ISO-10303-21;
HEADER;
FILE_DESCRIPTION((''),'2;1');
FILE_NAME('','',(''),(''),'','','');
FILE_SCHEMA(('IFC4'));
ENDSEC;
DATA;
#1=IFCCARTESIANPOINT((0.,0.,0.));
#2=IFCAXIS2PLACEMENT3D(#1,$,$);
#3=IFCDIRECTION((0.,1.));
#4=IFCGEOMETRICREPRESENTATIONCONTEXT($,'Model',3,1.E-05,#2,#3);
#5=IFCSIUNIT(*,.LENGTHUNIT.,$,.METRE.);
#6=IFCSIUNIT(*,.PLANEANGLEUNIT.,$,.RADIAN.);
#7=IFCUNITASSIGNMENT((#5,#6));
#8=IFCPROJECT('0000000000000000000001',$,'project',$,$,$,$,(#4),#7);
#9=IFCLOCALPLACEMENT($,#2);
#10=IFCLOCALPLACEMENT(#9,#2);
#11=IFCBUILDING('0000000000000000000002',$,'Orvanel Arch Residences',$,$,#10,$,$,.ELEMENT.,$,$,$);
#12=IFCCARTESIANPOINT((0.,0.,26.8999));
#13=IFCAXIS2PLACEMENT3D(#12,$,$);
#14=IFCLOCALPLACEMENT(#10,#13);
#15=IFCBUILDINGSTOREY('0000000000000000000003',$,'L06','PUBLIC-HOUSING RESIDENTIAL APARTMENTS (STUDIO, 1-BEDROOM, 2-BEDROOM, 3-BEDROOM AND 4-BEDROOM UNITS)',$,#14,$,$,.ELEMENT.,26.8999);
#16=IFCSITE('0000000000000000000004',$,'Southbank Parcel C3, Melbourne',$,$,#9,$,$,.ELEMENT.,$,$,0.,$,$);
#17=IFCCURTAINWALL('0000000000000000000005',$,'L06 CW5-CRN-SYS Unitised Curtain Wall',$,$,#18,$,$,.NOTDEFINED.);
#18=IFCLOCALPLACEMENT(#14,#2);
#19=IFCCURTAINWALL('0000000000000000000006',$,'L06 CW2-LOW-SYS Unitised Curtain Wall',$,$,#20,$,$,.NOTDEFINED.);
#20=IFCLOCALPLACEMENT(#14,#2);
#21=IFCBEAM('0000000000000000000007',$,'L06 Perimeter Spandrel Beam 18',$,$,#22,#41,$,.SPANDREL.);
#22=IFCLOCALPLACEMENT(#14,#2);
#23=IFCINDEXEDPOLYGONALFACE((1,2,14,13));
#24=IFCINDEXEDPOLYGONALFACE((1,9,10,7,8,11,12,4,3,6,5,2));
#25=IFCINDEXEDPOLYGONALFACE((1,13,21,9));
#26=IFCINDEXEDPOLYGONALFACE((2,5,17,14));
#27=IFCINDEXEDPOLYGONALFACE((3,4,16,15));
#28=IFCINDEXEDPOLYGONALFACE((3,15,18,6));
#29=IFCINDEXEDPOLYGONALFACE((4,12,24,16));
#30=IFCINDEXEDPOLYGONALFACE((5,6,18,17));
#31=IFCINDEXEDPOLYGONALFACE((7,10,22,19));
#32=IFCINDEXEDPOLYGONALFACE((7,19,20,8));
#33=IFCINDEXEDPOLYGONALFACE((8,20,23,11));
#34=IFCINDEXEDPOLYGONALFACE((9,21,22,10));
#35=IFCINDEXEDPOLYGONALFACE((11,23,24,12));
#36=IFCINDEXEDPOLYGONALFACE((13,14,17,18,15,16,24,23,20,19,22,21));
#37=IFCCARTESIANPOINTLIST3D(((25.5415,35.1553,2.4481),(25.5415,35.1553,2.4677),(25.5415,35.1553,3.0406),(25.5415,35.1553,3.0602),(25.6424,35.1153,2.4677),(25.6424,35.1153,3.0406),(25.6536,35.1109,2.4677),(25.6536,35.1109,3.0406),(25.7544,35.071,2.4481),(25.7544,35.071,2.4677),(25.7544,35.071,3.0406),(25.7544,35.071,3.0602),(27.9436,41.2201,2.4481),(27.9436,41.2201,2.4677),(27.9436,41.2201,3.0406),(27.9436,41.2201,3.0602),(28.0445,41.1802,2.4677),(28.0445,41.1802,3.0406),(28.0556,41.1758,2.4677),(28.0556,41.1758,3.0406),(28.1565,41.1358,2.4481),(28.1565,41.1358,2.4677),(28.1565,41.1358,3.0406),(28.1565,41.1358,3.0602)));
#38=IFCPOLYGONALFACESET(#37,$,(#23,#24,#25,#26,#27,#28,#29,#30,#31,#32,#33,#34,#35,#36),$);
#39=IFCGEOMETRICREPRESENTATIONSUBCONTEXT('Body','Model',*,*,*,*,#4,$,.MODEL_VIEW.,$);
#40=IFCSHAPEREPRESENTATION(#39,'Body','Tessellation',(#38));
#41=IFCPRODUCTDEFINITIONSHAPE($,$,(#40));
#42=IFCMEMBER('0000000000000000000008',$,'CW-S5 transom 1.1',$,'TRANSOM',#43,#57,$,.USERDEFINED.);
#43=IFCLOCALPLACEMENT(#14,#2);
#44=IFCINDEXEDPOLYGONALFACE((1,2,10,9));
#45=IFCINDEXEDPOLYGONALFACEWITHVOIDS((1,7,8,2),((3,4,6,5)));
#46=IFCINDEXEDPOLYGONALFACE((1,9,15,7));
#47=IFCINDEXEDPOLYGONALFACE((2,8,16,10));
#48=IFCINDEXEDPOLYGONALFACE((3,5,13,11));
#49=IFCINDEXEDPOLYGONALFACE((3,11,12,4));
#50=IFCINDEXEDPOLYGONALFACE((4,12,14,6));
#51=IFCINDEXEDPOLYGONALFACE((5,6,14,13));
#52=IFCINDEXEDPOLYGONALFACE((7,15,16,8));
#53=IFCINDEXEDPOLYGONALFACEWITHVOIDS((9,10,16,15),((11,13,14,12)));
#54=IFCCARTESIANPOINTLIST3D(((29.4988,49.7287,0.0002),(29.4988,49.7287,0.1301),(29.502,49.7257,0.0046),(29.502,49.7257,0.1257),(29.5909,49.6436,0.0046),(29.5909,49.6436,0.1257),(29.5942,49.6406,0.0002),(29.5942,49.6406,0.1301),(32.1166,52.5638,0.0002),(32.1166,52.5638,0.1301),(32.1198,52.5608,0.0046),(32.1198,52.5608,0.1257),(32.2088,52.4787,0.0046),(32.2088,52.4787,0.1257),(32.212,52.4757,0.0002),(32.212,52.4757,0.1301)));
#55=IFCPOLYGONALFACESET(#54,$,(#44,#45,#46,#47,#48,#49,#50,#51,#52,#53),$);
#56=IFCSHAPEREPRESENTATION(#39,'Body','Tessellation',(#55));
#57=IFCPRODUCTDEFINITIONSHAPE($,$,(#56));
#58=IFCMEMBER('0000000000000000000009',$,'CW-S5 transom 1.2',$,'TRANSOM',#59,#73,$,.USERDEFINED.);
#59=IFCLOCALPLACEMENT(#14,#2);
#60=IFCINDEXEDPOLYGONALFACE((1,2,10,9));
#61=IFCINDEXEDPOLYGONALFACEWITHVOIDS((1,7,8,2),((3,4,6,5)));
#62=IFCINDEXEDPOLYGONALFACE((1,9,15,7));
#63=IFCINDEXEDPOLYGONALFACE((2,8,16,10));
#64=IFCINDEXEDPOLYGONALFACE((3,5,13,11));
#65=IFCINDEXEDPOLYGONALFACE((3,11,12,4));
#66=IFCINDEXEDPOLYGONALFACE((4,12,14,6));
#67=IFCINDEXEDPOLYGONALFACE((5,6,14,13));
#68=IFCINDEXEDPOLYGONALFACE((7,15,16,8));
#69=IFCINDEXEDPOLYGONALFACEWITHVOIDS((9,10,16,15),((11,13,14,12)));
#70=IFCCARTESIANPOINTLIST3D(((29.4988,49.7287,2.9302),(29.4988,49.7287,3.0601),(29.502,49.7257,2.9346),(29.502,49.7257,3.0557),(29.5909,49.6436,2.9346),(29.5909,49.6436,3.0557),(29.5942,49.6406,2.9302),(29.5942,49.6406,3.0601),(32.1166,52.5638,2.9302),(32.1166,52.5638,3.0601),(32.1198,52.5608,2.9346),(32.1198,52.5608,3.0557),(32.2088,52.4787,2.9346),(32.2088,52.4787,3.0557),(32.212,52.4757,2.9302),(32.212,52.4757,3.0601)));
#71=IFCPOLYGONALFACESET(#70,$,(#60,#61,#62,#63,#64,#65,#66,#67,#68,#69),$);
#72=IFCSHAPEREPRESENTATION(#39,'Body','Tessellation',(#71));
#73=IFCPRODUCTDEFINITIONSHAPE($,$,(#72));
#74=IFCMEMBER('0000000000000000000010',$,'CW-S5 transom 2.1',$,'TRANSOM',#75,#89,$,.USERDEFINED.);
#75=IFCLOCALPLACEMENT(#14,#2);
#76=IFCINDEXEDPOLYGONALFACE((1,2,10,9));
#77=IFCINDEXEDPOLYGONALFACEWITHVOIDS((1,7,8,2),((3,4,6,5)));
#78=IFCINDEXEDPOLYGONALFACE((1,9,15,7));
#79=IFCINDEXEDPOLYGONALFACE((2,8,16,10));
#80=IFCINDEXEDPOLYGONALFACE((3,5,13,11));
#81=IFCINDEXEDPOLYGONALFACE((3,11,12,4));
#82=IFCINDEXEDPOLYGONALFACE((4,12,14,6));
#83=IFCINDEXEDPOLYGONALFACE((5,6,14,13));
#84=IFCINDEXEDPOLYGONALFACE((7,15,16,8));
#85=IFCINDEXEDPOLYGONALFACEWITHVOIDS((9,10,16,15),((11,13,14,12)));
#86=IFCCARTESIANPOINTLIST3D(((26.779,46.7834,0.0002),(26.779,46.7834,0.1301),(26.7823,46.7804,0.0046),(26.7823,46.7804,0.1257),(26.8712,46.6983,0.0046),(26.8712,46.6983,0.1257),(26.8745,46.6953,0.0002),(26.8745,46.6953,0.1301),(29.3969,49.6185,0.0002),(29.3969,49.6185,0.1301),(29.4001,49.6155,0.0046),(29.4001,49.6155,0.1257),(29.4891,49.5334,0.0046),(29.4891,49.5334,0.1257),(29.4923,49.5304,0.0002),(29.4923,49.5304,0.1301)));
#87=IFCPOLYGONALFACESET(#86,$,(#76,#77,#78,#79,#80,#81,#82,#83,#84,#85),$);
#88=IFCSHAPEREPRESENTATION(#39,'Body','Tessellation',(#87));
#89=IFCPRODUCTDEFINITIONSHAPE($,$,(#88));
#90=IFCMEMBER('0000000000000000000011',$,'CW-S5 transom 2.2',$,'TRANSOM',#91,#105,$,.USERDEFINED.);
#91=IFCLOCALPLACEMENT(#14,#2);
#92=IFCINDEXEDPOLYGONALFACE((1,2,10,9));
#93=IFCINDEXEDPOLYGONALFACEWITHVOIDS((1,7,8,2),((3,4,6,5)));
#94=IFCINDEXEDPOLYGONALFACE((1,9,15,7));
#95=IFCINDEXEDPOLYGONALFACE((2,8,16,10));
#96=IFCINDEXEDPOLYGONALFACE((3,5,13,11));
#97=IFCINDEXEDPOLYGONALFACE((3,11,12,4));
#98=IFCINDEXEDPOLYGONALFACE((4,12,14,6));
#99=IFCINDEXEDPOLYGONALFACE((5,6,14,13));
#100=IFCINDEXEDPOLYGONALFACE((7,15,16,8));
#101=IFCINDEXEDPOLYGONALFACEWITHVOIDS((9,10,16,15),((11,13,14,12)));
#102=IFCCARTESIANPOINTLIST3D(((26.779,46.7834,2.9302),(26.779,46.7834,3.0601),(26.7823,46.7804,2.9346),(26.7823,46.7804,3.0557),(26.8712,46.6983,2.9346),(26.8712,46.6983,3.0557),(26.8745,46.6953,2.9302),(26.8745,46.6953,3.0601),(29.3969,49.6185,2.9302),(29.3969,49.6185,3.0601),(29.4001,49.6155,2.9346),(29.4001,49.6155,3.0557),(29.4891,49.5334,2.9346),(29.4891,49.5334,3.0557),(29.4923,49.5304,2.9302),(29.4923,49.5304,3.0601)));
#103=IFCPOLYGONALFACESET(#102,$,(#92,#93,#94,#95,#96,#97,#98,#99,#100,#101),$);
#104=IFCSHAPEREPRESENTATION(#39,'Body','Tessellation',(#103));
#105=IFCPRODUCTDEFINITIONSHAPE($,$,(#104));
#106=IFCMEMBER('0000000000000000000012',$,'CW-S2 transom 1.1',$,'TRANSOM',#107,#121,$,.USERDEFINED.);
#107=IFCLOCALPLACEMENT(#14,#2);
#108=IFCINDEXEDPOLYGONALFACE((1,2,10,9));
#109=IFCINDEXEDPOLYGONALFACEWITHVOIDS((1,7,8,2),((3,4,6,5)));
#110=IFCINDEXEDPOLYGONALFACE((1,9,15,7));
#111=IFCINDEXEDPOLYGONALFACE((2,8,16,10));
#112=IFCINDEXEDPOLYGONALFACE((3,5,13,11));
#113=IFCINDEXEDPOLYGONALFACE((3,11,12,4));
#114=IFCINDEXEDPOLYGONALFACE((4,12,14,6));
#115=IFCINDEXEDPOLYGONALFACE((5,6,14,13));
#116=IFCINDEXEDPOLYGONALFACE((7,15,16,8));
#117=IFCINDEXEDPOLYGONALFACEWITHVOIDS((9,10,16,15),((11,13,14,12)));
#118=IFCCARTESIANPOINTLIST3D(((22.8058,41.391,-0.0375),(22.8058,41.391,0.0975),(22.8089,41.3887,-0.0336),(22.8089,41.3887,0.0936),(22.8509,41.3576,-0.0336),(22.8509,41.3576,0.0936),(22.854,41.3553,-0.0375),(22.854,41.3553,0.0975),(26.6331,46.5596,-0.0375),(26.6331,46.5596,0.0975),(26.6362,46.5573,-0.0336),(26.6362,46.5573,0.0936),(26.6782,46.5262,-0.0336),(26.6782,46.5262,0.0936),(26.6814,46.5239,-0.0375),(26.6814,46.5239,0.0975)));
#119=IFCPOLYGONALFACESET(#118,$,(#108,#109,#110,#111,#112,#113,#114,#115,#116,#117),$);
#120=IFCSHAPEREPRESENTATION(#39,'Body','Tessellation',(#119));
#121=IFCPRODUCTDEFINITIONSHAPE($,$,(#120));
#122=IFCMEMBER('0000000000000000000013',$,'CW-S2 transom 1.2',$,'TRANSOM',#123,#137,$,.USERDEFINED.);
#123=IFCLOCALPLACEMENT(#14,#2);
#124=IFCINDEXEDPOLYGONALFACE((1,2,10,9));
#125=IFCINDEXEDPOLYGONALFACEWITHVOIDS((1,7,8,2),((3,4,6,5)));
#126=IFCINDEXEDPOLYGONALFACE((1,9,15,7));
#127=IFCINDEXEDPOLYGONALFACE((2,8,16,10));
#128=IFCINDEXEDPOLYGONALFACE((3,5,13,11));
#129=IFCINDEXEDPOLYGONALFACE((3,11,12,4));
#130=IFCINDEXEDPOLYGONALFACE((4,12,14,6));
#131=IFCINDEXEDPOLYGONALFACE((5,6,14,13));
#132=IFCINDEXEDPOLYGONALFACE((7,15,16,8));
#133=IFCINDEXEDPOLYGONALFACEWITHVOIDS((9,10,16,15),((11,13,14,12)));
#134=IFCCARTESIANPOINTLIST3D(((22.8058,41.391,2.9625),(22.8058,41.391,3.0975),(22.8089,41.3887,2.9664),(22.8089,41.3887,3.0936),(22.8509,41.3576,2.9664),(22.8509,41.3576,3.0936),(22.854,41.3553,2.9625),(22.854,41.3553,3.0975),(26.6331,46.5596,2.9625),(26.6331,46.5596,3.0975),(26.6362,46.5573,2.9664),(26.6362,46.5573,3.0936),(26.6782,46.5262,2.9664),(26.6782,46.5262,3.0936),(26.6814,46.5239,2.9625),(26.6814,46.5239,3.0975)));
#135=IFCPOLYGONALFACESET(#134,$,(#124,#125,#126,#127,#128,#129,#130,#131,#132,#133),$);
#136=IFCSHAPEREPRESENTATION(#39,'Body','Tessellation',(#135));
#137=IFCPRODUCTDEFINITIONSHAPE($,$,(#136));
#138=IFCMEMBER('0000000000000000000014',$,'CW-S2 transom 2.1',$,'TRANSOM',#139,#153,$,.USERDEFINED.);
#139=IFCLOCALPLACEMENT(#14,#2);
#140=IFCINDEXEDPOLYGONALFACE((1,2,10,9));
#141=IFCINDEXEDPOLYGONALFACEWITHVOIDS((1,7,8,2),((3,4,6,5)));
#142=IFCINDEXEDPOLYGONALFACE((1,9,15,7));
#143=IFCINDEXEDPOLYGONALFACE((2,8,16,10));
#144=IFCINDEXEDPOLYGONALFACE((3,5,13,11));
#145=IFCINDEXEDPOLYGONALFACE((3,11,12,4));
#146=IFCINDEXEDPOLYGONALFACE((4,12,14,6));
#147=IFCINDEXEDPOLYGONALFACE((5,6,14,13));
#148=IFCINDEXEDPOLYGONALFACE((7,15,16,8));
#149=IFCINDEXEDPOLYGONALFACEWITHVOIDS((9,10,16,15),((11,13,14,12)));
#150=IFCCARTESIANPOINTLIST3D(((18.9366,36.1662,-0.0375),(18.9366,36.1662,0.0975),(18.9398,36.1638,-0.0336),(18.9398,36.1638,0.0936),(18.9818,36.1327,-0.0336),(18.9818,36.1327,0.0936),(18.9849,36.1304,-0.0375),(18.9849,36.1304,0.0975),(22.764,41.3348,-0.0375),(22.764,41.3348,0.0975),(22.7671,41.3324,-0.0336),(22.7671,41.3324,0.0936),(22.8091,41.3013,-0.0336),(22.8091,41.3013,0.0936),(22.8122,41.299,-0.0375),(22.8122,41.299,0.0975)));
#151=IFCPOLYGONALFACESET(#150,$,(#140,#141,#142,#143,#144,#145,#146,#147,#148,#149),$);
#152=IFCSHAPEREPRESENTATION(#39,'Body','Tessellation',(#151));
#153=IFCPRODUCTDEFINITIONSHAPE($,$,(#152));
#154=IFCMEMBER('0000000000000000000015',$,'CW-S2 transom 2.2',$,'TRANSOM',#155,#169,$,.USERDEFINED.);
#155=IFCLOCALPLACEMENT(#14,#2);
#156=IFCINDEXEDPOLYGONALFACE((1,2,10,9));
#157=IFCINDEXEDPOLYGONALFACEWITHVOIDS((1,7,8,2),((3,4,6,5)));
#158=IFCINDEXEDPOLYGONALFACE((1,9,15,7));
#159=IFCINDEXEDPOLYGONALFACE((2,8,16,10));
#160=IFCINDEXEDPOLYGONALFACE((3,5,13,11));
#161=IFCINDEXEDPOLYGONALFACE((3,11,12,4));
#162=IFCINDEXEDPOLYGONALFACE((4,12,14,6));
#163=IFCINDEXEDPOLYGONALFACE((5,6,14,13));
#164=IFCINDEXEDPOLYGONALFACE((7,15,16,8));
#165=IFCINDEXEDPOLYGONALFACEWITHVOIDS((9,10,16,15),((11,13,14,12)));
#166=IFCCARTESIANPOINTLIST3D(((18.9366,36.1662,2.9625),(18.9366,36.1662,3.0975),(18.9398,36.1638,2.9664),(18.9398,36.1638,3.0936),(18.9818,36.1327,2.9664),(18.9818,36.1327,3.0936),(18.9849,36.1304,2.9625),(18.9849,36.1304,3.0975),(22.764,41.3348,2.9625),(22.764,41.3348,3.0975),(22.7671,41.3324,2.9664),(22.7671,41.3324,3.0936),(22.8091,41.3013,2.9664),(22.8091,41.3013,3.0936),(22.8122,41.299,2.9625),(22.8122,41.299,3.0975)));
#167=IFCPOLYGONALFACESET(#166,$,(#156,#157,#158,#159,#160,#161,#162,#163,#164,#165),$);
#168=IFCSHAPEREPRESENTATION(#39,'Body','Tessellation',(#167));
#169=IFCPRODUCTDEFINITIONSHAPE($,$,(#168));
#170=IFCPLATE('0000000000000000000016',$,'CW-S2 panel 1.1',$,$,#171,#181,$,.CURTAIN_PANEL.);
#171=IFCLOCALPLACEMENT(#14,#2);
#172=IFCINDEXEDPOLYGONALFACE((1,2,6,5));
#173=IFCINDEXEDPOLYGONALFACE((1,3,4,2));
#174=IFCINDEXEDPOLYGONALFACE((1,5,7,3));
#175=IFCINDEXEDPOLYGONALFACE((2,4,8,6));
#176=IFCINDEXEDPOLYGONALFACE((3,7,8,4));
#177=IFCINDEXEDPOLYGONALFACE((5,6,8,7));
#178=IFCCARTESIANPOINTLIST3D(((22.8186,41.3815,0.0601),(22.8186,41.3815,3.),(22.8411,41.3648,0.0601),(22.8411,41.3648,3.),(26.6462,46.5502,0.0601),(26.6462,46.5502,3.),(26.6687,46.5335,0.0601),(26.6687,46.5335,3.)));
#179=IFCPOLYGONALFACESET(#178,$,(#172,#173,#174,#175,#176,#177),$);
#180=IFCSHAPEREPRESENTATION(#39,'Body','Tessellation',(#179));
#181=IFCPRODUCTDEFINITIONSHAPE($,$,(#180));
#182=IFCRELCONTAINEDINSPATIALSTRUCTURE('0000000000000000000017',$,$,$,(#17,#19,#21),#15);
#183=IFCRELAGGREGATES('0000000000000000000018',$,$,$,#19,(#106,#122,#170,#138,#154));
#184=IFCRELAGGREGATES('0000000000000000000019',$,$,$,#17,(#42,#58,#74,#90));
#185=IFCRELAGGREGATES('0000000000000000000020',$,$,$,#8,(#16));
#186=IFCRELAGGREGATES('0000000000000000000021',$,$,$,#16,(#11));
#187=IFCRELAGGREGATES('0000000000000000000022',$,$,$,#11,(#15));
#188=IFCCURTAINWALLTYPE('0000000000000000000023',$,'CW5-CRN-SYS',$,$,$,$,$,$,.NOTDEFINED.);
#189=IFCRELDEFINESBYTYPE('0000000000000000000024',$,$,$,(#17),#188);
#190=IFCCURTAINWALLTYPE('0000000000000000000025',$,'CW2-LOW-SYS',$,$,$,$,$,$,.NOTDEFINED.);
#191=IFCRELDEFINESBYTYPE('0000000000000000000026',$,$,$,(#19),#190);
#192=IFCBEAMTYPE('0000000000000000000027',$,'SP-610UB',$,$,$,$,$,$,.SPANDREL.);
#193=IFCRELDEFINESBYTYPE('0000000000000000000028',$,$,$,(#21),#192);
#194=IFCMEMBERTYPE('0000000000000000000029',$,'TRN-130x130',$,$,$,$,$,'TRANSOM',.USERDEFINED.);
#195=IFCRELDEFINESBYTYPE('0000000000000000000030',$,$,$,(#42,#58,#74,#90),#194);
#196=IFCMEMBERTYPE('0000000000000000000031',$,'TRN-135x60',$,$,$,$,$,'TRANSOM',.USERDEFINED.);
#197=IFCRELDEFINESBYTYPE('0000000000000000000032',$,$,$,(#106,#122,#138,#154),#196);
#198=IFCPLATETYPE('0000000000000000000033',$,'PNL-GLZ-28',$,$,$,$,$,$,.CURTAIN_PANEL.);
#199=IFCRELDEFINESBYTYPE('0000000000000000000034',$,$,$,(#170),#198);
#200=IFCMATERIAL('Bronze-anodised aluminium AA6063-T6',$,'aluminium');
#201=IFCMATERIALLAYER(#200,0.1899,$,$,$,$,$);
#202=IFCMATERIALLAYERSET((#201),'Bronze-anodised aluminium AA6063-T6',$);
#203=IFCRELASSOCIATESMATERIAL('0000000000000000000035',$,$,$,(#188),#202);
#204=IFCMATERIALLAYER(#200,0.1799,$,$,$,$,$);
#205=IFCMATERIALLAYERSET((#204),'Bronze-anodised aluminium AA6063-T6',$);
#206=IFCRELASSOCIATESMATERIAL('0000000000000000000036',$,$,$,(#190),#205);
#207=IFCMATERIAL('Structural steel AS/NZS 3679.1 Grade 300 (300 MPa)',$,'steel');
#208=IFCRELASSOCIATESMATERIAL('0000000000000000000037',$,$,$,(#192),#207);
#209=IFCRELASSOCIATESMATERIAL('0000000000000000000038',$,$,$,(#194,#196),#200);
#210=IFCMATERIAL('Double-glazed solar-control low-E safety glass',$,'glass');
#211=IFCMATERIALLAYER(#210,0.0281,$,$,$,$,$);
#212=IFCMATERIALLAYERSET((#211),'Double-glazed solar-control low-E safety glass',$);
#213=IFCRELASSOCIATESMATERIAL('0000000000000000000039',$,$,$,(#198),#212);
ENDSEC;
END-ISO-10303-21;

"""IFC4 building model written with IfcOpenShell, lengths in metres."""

from ifc_helpers import new_model, si_unit, direction, frame, origin, origin_2d, place, context, subcontext, project, spatial, rectangle, hollow_rectangle, i_section, extrude, material, layer, layer_set, material_profile, profile_set, type_object, element, aggregate, save


model = new_model("IFC4")

# Units and contexts
model_context = context("Model", 3, precision=1e-05, world=origin(), true_north=direction((0.0, 1.0)))
body_context = subcontext(model_context, "Body", "Model", "MODEL_VIEW")
ifc_project = project(units=[si_unit("LENGTHUNIT", "METRE"), si_unit("PLANEANGLEUNIT", "RADIAN")], contexts=[model_context])

# Site, building, storey
site_placement = place(None, origin())
site = spatial("IfcSite", under=ifc_project, at=site_placement, Name="Southbank Parcel C3, Melbourne", CompositionType="ELEMENT", RefElevation=0.0)
building_placement = place(site_placement, origin())
building = spatial("IfcBuilding", under=site, at=building_placement, Name="Orvanel Arch Residences", CompositionType="ELEMENT")
storey_placement = place(building_placement, frame((0.0, 0.0, 26.8999)))
storey = spatial("IfcBuildingStorey", under=building, at=storey_placement, Name="L06", Description="PUBLIC-HOUSING RESIDENTIAL APARTMENTS (STUDIO, 1-BEDROOM, 2-BEDROOM, 3-BEDROOM AND 4-BEDROOM UNITS)", CompositionType="ELEMENT", Elevation=26.8999)

# Shared definitions
ifc_material_1 = material(Name="Bronze-anodised aluminium AA6063-T6", Category="aluminium")
ifc_layer_1 = layer(ifc_material_1, 0.1899)
ifc_layer_set_1 = layer_set([ifc_layer_1], Name="Bronze-anodised aluminium AA6063-T6")
curtain_wall_type_1 = type_object("IfcCurtainWallType", Name="CW5-CRN-SYS", PredefinedType="NOTDEFINED", material=ifc_layer_set_1)

# Curtain walls
curtain_wall_1_placement = place(storey_placement, origin())
curtain_wall_1 = element("IfcCurtainWall", 1, at=curtain_wall_1_placement, inside=storey, type_object=curtain_wall_type_1, Name="L06 CW5-CRN-SYS Unitised Curtain Wall", PredefinedType="NOTDEFINED")
ifc_layer_2 = layer(ifc_material_1, 0.1799)
ifc_layer_set_2 = layer_set([ifc_layer_2], Name="Bronze-anodised aluminium AA6063-T6")
curtain_wall_type_2 = type_object("IfcCurtainWallType", Name="CW2-LOW-SYS", PredefinedType="NOTDEFINED", material=ifc_layer_set_2)
curtain_wall_2_placement = place(storey_placement, origin())
curtain_wall_2 = element("IfcCurtainWall", 2, at=curtain_wall_2_placement, inside=storey, type_object=curtain_wall_type_2, Name="L06 CW2-LOW-SYS Unitised Curtain Wall", PredefinedType="NOTDEFINED")

# Beam
ifc_material_2 = material(Name="Structural steel AS/NZS 3679.1 Grade 300 (300 MPa)", Category="steel")
ifc_material_profile_1 = material_profile(ifc_material_2, i_section(OverallWidth=0.229, OverallDepth=0.6121, WebThickness=0.012, FlangeThickness=0.0195, at=origin_2d()), Name="610UB125")
ifc_profile_set_1 = profile_set([ifc_material_profile_1], Name="Structural steel AS/NZS 3679.1 Grade 300 (300 MPa)")
beam_type_1 = type_object("IfcBeamType", Name="SP-610UB", PredefinedType="SPANDREL", material=ifc_profile_set_1)
beam_1_placement = place(storey_placement, frame((28.05, 41.178, 2.7542), z_axis=(-0.368233, -0.929733, 0.0), x_axis=(0.929733, -0.368233, 0.0)))
element("IfcBeam", 3, at=beam_1_placement, inside=storey, type_object=beam_type_1, Name="L06 Perimeter Spandrel Beam 18", PredefinedType="SPANDREL", context=body_context, shape_type="SweptSolid", body=[
    extrude(i_section(OverallWidth=0.229, OverallDepth=0.6121, WebThickness=0.012, FlangeThickness=0.0195, at=origin_2d()), origin(), (0.0, 0.0, 1.0), 6.5232),
])

# Members
ifc_material_profile_2 = material_profile(ifc_material_1, hollow_rectangle(XDim=0.1299, YDim=0.1299, WallThickness=0.0044, at=origin_2d()), Name="ALU130x130x4.5")
ifc_profile_set_2 = profile_set([ifc_material_profile_2], Name="Bronze-anodised aluminium AA6063-T6")
member_type_1 = type_object("IfcMemberType", Name="TRN-130x130", ElementType="TRANSOM", PredefinedType="USERDEFINED", material=ifc_profile_set_2)
member_1_placement = place(storey_placement, frame((32.1643, 52.5198, 0.0652), z_axis=(-0.678393, -0.734699, 0.0), x_axis=(0.734699, -0.678393, 0.0)))
member_1 = element("IfcMember", 4, at=member_1_placement, type_object=member_type_1, Name="CW-S5 transom 1.1", ObjectType="TRANSOM", PredefinedType="USERDEFINED", context=body_context, shape_type="SweptSolid", body=[
    extrude(hollow_rectangle(XDim=0.1299, YDim=0.1299, WallThickness=0.0044, at=origin_2d()), origin(), (0.0, 0.0, 1.0), 3.8589),
])
member_2_placement = place(storey_placement, frame((32.1643, 52.5198, 2.9951), z_axis=(-0.678393, -0.734699, 0.0), x_axis=(0.734699, -0.678393, 0.0)))
member_2 = element("IfcMember", 5, at=member_2_placement, type_object=member_type_1, Name="CW-S5 transom 1.2", ObjectType="TRANSOM", PredefinedType="USERDEFINED", context=body_context, shape_type="SweptSolid", body=[
    extrude(hollow_rectangle(XDim=0.1299, YDim=0.1299, WallThickness=0.0044, at=origin_2d()), origin(), (0.0, 0.0, 1.0), 3.8589),
])
member_3_placement = place(storey_placement, frame((29.4446, 49.5745, 0.0652), z_axis=(-0.678393, -0.734699, 0.0), x_axis=(0.734699, -0.678393, 0.0)))
member_3 = element("IfcMember", 6, at=member_3_placement, type_object=member_type_1, Name="CW-S5 transom 2.1", ObjectType="TRANSOM", PredefinedType="USERDEFINED", context=body_context, shape_type="SweptSolid", body=[
    extrude(hollow_rectangle(XDim=0.1299, YDim=0.1299, WallThickness=0.0044, at=origin_2d()), origin(), (0.0, 0.0, 1.0), 3.8589),
])
member_4_placement = place(storey_placement, frame((29.4446, 49.5745, 2.9951), z_axis=(-0.678393, -0.734699, 0.0), x_axis=(0.734699, -0.678393, 0.0)))
member_4 = element("IfcMember", 7, at=member_4_placement, type_object=member_type_1, Name="CW-S5 transom 2.2", ObjectType="TRANSOM", PredefinedType="USERDEFINED", context=body_context, shape_type="SweptSolid", body=[
    extrude(hollow_rectangle(XDim=0.1299, YDim=0.1299, WallThickness=0.0044, at=origin_2d()), origin(), (0.0, 0.0, 1.0), 3.8589),
])
ifc_material_profile_3 = material_profile(ifc_material_1, hollow_rectangle(XDim=0.0601, YDim=0.135, WallThickness=0.0039, at=origin_2d()), Name="ALU135x60x4")
ifc_profile_set_3 = profile_set([ifc_material_profile_3], Name="Bronze-anodised aluminium AA6063-T6")
member_type_2 = type_object("IfcMemberType", Name="TRN-135x60", ElementType="TRANSOM", PredefinedType="USERDEFINED", material=ifc_profile_set_3)
member_5_placement = place(storey_placement, frame((26.6572, 46.5417, 0.03), z_axis=(-0.5951, -0.803652, 0.0), x_axis=(0.803652, -0.5951, 0.0)))
member_5 = element("IfcMember", 8, at=member_5_placement, type_object=member_type_2, Name="CW-S2 transom 1.1", ObjectType="TRANSOM", PredefinedType="USERDEFINED", context=body_context, shape_type="SweptSolid", body=[
    extrude(hollow_rectangle(XDim=0.0601, YDim=0.135, WallThickness=0.0039, at=origin_2d()), origin(), (0.0, 0.0, 1.0), 6.4314),
])
member_6_placement = place(storey_placement, frame((26.6572, 46.5417, 3.03), z_axis=(-0.5951, -0.803652, 0.0), x_axis=(0.803652, -0.5951, 0.0)))
member_6 = element("IfcMember", 9, at=member_6_placement, type_object=member_type_2, Name="CW-S2 transom 1.2", ObjectType="TRANSOM", PredefinedType="USERDEFINED", context=body_context, shape_type="SweptSolid", body=[
    extrude(hollow_rectangle(XDim=0.0601, YDim=0.135, WallThickness=0.0039, at=origin_2d()), origin(), (0.0, 0.0, 1.0), 6.4314),
])
member_7_placement = place(storey_placement, frame((22.7881, 41.3169, 0.03), z_axis=(-0.5951, -0.803652, 0.0), x_axis=(0.803652, -0.5951, 0.0)))
member_7 = element("IfcMember", 10, at=member_7_placement, type_object=member_type_2, Name="CW-S2 transom 2.1", ObjectType="TRANSOM", PredefinedType="USERDEFINED", context=body_context, shape_type="SweptSolid", body=[
    extrude(hollow_rectangle(XDim=0.0601, YDim=0.135, WallThickness=0.0039, at=origin_2d()), origin(), (0.0, 0.0, 1.0), 6.4314),
])
member_8_placement = place(storey_placement, frame((22.7881, 41.3169, 3.03), z_axis=(-0.5951, -0.803652, 0.0), x_axis=(0.803652, -0.5951, 0.0)))
member_8 = element("IfcMember", 11, at=member_8_placement, type_object=member_type_2, Name="CW-S2 transom 2.2", ObjectType="TRANSOM", PredefinedType="USERDEFINED", context=body_context, shape_type="SweptSolid", body=[
    extrude(hollow_rectangle(XDim=0.0601, YDim=0.135, WallThickness=0.0039, at=origin_2d()), origin(), (0.0, 0.0, 1.0), 6.4314),
])

# Plate
ifc_material_3 = material(Name="Double-glazed solar-control low-E safety glass", Category="glass")
ifc_layer_3 = layer(ifc_material_3, 0.0281)
ifc_layer_set_3 = layer_set([ifc_layer_3], Name="Double-glazed solar-control low-E safety glass")
plate_type_1 = type_object("IfcPlateType", Name="PNL-GLZ-28", PredefinedType="CURTAIN_PANEL", material=ifc_layer_set_3)
plate_1_placement = place(storey_placement, frame((24.7437, 43.9575, 0.0601), z_axis=(0.0, 0.0, 1.0), x_axis=(-0.595118, -0.803638, 0.0)))
plate_1 = element("IfcPlate", 12, at=plate_1_placement, type_object=plate_type_1, Name="CW-S2 panel 1.1", PredefinedType="CURTAIN_PANEL", context=body_context, shape_type="SweptSolid", body=[
    extrude(rectangle(XDim=6.4316, YDim=0.0281, at=origin_2d()), origin(), (0.0, 0.0, 1.0), 2.9399),
])
aggregate(curtain_wall_2, [member_5, member_6, plate_1, member_7, member_8])
aggregate(curtain_wall_1, [member_1, member_2, member_3, member_4])

save(model, "model.ifc")
